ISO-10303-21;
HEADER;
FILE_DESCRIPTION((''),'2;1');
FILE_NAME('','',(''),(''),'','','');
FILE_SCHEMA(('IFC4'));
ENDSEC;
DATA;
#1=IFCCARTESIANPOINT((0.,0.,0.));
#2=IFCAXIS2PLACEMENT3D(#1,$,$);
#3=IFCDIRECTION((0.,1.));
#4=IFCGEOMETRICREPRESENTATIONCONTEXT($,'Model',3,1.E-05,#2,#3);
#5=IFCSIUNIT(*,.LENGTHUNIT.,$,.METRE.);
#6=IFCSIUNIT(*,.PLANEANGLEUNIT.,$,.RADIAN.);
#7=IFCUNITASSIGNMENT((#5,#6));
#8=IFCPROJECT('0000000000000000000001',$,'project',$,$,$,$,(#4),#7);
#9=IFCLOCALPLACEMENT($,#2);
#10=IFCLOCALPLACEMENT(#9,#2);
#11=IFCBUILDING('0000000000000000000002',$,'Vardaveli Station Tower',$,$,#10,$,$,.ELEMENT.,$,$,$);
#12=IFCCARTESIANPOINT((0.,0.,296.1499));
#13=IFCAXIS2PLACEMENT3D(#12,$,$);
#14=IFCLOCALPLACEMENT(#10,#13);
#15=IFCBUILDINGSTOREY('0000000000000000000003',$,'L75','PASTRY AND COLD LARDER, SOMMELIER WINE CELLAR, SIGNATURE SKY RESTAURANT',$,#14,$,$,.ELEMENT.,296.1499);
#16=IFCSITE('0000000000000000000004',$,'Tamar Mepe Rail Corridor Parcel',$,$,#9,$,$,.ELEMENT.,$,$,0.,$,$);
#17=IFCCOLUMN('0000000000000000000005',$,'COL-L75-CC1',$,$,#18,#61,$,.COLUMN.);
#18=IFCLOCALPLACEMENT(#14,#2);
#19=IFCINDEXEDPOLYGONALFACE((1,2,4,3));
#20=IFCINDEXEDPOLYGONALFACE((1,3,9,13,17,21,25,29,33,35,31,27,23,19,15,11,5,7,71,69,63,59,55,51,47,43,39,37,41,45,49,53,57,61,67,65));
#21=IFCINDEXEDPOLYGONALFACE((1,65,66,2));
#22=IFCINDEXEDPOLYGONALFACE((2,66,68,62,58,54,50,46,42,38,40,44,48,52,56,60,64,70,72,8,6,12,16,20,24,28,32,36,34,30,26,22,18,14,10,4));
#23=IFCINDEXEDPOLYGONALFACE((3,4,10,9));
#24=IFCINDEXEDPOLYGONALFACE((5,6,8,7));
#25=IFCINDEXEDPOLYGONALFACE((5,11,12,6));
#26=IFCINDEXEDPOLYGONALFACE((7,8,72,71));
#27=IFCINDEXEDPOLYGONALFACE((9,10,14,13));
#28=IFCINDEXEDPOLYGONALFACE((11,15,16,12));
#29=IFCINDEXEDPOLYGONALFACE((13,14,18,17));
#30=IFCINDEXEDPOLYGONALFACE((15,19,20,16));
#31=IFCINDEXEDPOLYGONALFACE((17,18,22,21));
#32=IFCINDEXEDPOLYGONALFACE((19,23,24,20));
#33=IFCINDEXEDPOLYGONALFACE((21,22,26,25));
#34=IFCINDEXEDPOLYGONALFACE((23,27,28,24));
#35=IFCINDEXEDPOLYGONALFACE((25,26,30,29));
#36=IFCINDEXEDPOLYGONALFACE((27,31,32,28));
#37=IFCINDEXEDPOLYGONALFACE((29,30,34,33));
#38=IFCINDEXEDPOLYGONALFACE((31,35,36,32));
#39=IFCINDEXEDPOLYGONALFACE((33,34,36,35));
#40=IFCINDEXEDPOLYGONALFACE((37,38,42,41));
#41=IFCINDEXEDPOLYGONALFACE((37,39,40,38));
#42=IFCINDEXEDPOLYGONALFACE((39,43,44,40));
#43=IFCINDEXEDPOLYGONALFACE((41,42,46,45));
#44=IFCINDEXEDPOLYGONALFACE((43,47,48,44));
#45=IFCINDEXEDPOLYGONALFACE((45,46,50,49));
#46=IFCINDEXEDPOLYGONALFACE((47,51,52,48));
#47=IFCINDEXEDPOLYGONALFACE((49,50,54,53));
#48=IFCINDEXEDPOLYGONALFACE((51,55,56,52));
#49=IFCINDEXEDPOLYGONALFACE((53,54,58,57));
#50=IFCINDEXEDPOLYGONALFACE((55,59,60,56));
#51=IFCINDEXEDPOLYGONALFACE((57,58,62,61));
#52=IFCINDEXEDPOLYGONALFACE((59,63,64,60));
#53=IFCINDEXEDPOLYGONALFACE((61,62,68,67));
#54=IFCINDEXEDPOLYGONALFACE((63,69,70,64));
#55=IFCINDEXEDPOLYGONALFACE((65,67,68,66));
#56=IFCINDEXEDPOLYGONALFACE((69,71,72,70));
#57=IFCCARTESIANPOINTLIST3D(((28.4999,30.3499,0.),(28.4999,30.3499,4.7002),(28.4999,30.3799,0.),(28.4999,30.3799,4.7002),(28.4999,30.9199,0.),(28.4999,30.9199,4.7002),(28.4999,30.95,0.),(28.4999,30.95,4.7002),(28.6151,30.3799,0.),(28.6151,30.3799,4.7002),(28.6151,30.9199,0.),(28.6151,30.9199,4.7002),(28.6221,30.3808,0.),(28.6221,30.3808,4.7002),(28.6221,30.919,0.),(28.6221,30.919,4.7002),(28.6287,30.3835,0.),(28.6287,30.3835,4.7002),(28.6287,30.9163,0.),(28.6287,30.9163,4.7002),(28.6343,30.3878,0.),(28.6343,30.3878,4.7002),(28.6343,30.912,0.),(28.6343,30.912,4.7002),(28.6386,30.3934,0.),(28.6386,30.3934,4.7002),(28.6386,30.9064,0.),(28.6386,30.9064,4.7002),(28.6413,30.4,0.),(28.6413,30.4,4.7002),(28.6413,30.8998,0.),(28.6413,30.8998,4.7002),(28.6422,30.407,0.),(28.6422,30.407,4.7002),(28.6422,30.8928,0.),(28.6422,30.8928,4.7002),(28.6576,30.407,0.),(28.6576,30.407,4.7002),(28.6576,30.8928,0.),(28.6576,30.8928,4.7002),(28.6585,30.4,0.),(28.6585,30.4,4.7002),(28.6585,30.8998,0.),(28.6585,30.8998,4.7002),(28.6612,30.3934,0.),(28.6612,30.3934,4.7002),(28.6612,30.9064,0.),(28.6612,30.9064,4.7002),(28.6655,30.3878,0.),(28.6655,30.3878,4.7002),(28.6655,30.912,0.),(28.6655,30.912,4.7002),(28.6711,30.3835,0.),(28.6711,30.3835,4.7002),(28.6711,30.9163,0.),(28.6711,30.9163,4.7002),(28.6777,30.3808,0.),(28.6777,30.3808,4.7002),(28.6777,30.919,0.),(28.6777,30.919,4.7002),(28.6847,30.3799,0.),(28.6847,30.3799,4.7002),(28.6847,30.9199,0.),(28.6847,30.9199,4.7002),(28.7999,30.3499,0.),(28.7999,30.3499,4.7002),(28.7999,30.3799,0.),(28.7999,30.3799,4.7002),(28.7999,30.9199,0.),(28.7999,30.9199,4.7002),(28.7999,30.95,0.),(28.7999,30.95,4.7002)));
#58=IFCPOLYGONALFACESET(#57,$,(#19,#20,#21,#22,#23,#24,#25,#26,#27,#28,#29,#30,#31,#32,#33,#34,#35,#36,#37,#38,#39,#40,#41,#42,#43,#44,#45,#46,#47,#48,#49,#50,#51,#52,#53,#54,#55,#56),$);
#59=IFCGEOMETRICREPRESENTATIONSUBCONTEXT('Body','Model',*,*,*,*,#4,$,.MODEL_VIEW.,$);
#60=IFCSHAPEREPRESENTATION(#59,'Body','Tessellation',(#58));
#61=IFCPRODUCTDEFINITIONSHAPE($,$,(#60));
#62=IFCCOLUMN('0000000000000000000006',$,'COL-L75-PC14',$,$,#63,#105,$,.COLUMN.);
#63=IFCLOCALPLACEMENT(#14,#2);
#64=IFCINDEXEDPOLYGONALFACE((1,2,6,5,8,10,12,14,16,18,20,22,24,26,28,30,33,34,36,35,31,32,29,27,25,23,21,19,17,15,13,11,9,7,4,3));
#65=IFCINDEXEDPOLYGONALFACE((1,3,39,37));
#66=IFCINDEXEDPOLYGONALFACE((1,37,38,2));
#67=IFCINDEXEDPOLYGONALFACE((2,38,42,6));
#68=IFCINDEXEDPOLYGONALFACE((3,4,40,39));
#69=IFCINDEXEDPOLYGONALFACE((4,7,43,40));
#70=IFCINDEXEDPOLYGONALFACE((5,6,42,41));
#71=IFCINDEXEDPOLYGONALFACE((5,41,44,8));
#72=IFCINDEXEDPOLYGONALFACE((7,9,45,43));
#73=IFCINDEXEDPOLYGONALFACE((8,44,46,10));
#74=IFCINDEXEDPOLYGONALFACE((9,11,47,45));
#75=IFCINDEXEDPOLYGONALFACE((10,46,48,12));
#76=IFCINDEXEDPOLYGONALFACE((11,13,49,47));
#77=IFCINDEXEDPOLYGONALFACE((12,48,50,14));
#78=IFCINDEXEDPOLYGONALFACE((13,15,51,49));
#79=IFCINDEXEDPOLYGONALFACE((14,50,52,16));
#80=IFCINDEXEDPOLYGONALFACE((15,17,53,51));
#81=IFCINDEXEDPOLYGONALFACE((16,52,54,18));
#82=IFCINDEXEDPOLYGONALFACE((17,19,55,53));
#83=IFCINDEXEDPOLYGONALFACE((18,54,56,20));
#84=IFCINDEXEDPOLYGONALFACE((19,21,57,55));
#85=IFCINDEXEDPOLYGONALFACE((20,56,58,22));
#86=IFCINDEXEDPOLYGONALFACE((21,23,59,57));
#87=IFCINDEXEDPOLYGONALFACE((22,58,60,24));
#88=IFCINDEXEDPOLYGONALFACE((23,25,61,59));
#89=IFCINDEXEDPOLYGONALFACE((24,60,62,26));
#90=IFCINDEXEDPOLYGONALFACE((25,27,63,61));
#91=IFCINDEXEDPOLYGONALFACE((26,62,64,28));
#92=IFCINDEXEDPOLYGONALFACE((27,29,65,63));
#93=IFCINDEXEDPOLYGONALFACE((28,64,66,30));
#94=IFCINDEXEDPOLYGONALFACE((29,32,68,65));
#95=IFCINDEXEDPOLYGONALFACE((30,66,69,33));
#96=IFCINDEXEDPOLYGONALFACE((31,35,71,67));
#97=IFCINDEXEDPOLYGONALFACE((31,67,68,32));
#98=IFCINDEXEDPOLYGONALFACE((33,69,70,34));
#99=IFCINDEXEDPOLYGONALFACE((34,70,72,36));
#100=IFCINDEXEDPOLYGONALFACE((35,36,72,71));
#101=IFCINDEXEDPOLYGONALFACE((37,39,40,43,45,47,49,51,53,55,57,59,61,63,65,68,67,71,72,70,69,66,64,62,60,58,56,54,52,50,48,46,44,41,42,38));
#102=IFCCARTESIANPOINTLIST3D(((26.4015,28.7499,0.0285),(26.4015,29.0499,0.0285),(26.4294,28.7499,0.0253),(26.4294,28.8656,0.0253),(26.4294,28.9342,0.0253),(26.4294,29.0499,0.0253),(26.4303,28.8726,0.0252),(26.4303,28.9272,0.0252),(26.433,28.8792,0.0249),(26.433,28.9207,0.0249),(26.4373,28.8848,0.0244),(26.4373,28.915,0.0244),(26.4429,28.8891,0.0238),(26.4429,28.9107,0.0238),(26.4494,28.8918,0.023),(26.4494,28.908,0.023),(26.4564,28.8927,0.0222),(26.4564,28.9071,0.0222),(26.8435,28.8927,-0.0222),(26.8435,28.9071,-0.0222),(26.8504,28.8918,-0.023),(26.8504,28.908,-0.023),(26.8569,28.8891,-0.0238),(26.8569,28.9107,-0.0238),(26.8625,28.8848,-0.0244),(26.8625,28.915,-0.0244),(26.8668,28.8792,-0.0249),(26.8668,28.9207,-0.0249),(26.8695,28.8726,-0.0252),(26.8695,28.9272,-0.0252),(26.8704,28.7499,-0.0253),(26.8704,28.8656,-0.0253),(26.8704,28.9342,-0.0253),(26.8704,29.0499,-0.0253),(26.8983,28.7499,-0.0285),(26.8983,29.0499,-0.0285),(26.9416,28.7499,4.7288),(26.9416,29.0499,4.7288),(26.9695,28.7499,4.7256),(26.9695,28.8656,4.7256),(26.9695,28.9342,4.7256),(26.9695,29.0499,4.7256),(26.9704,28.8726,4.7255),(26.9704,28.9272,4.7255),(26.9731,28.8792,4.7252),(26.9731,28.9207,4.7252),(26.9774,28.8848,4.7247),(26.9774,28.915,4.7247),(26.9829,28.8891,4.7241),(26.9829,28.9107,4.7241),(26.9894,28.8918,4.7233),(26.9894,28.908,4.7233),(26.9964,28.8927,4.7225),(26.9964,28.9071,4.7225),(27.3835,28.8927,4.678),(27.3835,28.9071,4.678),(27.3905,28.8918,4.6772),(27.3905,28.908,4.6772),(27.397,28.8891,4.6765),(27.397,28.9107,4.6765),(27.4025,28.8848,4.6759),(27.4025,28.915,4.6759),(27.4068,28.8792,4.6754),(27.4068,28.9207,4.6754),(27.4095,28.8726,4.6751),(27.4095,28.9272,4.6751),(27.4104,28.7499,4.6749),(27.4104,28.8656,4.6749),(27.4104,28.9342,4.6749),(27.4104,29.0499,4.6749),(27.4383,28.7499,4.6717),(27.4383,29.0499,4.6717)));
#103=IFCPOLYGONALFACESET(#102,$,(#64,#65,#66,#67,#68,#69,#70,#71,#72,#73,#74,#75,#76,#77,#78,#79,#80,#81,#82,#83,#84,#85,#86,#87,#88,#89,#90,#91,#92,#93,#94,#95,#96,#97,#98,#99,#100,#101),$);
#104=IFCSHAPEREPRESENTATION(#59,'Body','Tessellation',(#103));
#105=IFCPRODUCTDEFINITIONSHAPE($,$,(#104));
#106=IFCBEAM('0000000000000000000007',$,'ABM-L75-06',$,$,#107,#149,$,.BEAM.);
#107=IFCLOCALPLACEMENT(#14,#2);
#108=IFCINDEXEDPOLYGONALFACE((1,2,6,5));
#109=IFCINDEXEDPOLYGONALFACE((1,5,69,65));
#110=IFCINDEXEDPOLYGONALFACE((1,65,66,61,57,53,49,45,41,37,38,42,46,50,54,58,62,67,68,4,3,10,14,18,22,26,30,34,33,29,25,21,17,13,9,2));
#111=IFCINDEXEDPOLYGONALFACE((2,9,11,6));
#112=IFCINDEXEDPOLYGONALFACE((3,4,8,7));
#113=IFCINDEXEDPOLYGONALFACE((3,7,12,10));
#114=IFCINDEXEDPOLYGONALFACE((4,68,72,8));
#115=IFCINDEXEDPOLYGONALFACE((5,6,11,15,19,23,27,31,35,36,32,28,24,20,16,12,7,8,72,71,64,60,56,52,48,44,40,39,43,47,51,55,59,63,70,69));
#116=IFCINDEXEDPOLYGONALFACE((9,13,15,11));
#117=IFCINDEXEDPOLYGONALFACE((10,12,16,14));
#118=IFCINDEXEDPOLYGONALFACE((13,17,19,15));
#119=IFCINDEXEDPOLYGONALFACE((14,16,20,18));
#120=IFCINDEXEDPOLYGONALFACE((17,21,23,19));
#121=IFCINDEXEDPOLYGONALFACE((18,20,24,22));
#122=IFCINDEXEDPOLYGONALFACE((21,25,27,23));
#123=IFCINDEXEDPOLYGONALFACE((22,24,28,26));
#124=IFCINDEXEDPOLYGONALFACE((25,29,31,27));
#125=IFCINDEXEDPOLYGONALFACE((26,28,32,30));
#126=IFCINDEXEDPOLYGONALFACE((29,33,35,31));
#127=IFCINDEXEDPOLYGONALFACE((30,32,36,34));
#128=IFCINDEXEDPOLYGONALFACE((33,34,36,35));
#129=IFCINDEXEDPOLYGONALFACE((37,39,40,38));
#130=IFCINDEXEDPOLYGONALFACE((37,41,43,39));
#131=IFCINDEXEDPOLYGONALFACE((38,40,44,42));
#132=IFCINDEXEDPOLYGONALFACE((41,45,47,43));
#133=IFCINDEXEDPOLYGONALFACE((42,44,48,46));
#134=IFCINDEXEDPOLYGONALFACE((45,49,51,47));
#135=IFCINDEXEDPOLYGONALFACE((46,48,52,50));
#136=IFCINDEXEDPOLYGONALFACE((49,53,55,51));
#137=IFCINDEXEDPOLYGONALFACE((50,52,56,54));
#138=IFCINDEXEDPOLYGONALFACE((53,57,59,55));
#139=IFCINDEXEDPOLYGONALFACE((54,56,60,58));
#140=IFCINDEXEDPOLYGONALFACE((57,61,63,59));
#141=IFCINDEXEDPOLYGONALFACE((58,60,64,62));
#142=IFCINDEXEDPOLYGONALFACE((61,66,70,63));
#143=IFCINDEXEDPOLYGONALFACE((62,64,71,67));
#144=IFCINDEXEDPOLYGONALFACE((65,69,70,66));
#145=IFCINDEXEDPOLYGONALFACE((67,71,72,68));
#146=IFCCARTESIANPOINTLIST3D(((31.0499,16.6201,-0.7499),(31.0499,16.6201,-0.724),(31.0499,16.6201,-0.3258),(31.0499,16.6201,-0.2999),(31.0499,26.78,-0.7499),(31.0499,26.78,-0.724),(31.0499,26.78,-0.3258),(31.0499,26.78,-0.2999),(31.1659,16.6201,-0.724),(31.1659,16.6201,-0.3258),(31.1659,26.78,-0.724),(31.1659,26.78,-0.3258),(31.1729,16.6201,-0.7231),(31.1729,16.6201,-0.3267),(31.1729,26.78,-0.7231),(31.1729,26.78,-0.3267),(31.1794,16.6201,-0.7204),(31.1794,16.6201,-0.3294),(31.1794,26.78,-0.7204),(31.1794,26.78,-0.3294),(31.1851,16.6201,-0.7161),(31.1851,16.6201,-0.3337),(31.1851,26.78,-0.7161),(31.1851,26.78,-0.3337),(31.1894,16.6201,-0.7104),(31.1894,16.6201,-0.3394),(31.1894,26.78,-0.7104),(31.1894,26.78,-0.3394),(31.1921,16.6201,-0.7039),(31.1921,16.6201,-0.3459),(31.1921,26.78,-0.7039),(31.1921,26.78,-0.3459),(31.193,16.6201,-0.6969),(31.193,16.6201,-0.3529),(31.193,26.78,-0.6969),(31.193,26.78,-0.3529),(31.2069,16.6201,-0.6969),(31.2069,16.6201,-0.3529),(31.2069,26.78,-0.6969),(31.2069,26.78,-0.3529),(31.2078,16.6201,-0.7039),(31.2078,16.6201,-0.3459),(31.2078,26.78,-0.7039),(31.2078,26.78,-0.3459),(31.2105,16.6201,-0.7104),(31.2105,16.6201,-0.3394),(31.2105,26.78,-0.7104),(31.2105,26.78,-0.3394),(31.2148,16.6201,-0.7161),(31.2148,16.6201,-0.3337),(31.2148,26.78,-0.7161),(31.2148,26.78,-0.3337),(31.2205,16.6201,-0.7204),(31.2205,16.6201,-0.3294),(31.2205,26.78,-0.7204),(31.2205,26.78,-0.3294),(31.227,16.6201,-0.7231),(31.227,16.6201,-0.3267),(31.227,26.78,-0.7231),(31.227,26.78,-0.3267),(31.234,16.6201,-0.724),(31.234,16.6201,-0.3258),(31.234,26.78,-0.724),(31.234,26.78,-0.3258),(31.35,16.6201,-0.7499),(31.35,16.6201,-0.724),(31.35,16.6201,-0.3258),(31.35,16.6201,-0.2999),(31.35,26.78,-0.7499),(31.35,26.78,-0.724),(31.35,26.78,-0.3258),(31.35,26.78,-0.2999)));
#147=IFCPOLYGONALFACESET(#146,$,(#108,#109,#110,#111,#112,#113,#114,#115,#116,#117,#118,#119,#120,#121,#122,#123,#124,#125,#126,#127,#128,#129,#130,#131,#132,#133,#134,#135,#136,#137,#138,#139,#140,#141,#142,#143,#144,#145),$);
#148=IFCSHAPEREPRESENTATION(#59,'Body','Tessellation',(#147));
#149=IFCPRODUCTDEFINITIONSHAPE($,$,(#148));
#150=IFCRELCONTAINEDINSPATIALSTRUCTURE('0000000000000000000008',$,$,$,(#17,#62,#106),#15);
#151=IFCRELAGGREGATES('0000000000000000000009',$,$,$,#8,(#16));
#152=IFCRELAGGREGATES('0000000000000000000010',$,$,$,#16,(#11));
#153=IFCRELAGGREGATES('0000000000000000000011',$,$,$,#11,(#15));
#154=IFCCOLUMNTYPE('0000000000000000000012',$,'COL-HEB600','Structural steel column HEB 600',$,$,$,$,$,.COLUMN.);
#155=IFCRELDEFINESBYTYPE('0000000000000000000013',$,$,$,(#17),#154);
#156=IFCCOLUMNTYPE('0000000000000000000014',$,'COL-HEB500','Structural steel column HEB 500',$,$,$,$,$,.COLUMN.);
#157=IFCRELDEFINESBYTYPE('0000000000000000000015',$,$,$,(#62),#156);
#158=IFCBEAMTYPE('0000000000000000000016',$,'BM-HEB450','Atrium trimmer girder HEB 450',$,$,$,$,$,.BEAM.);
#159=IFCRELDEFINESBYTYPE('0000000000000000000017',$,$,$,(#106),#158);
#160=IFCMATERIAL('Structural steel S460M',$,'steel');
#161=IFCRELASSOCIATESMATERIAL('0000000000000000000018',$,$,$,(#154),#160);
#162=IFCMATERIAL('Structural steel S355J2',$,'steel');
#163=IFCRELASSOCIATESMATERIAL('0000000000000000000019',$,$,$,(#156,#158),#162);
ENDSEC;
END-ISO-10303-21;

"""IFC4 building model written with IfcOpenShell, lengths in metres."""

from ifc_helpers import new_model, si_unit, direction, frame, origin, origin_2d, place, context, subcontext, project, spatial, i_section, extrude, source, transform, mapped, material, material_profile, profile_set, type_object, element, save


model = new_model("IFC4")

# Units and contexts
model_context = context("Model", 3, precision=1e-05, world=origin(), true_north=direction((0.0, 1.0)))
body_context = subcontext(model_context, "Body", "Model", "MODEL_VIEW")
ifc_project = project(units=[si_unit("LENGTHUNIT", "METRE"), si_unit("PLANEANGLEUNIT", "RADIAN")], contexts=[model_context])

# Site, building, storey
site_placement = place(None, origin())
site = spatial("IfcSite", under=ifc_project, at=site_placement, Name="Tamar Mepe Rail Corridor Parcel", CompositionType="ELEMENT", RefElevation=0.0)
building_placement = place(site_placement, origin())
building = spatial("IfcBuilding", under=site, at=building_placement, Name="Vardaveli Station Tower", CompositionType="ELEMENT")
storey_placement = place(building_placement, frame((0.0, 0.0, 296.1499)))
storey = spatial("IfcBuildingStorey", under=building, at=storey_placement, Name="L75", Description="PASTRY AND COLD LARDER, SOMMELIER WINE CELLAR, SIGNATURE SKY RESTAURANT", CompositionType="ELEMENT", Elevation=296.1499)

# Columns
ifc_material_1 = material(Name="Structural steel S460M", Category="steel")
ifc_material_profile_1 = material_profile(ifc_material_1, i_section(OverallWidth=0.3, OverallDepth=0.6001, WebThickness=0.0154, FlangeThickness=0.03, FilletRadius=0.0271, at=origin_2d()), Name="HEB 600")
ifc_profile_set_1 = profile_set([ifc_material_profile_1], Name="Structural steel S460M")
column_type_1 = type_object("IfcColumnType", Name="COL-HEB600", Description="Structural steel column HEB 600", PredefinedType="COLUMN", material=ifc_profile_set_1)
shared_shape_1 = source(origin(), body_context, "Body", "SweptSolid", [
    extrude(i_section(OverallWidth=0.3, OverallDepth=0.6001, WebThickness=0.0154, FlangeThickness=0.03, FilletRadius=0.0271, at=origin_2d()), origin(), (0.0, 0.0, 1.0), 4.7002),
])
column_1_placement = place(storey_placement, frame((28.6499, 30.6499, 0.0), z_axis=(0.0, 0.0, 1.0), x_axis=(1.0, 0.0, 0.0)))
element("IfcColumn", 1, at=column_1_placement, inside=storey, type_object=column_type_1, Name="COL-L75-CC1", PredefinedType="COLUMN", context=body_context, shape_type="MappedRepresentation", body=[
    mapped(shared_shape_1, transform((0.0, 0.0, 0.0), scale=1.0)),
])
ifc_material_2 = material(Name="Structural steel S355J2", Category="steel")
ifc_material_profile_2 = material_profile(ifc_material_2, i_section(OverallWidth=0.3, OverallDepth=0.5, WebThickness=0.0144, FlangeThickness=0.0281, FilletRadius=0.0271, at=origin_2d()), Name="HEB 500")
ifc_profile_set_2 = profile_set([ifc_material_profile_2], Name="Structural steel S355J2")
column_type_2 = type_object("IfcColumnType", Name="COL-HEB500", Description="Structural steel column HEB 500", PredefinedType="COLUMN", material=ifc_profile_set_2)
shared_shape_2 = source(origin(), body_context, "Body", "SweptSolid", [
    extrude(i_section(OverallWidth=0.3, OverallDepth=0.5, WebThickness=0.0144, FlangeThickness=0.0281, FilletRadius=0.0271, at=origin_2d()), origin(), (0.0, 0.0, 1.0), 4.7312),
])
column_2_placement = place(storey_placement, frame((26.6499, 28.8999, 0.0), z_axis=(0.114146, 0.0, 0.993464), x_axis=(0.0, 1.0, 0.0)))
element("IfcColumn", 2, at=column_2_placement, inside=storey, type_object=column_type_2, Name="COL-L75-PC14", PredefinedType="COLUMN", context=body_context, shape_type="MappedRepresentation", body=[
    mapped(shared_shape_2, transform((0.0, 0.0, 0.0), scale=1.0)),
])

# Beam
ifc_material_profile_3 = material_profile(ifc_material_2, i_section(OverallWidth=0.3, OverallDepth=0.45, WebThickness=0.0139, FlangeThickness=0.0259, FilletRadius=0.0271, at=origin_2d()), Name="HEB 450")
ifc_profile_set_3 = profile_set([ifc_material_profile_3], Name="Structural steel S355J2")
beam_type_1 = type_object("IfcBeamType", Name="BM-HEB450", Description="Atrium trimmer girder HEB 450", PredefinedType="BEAM", material=ifc_profile_set_3)
shared_shape_3 = source(origin(), body_context, "Body", "SweptSolid", [
    extrude(i_section(OverallWidth=0.3, OverallDepth=0.45, WebThickness=0.0139, FlangeThickness=0.0259, FilletRadius=0.0271, at=origin_2d()), origin(), (0.0, 0.0, 1.0), 10.1599),
])
beam_1_placement = place(storey_placement, frame((31.2, 26.78, -0.5249), z_axis=(0.0, -1.0, 0.0), x_axis=(1.0, 0.0, 0.0)))
element("IfcBeam", 3, at=beam_1_placement, inside=storey, type_object=beam_type_1, Name="ABM-L75-06", PredefinedType="BEAM", context=body_context, shape_type="MappedRepresentation", body=[
    mapped(shared_shape_3, transform((0.0, 0.0, 0.0), scale=1.0)),
])

save(model, "model.ifc")
